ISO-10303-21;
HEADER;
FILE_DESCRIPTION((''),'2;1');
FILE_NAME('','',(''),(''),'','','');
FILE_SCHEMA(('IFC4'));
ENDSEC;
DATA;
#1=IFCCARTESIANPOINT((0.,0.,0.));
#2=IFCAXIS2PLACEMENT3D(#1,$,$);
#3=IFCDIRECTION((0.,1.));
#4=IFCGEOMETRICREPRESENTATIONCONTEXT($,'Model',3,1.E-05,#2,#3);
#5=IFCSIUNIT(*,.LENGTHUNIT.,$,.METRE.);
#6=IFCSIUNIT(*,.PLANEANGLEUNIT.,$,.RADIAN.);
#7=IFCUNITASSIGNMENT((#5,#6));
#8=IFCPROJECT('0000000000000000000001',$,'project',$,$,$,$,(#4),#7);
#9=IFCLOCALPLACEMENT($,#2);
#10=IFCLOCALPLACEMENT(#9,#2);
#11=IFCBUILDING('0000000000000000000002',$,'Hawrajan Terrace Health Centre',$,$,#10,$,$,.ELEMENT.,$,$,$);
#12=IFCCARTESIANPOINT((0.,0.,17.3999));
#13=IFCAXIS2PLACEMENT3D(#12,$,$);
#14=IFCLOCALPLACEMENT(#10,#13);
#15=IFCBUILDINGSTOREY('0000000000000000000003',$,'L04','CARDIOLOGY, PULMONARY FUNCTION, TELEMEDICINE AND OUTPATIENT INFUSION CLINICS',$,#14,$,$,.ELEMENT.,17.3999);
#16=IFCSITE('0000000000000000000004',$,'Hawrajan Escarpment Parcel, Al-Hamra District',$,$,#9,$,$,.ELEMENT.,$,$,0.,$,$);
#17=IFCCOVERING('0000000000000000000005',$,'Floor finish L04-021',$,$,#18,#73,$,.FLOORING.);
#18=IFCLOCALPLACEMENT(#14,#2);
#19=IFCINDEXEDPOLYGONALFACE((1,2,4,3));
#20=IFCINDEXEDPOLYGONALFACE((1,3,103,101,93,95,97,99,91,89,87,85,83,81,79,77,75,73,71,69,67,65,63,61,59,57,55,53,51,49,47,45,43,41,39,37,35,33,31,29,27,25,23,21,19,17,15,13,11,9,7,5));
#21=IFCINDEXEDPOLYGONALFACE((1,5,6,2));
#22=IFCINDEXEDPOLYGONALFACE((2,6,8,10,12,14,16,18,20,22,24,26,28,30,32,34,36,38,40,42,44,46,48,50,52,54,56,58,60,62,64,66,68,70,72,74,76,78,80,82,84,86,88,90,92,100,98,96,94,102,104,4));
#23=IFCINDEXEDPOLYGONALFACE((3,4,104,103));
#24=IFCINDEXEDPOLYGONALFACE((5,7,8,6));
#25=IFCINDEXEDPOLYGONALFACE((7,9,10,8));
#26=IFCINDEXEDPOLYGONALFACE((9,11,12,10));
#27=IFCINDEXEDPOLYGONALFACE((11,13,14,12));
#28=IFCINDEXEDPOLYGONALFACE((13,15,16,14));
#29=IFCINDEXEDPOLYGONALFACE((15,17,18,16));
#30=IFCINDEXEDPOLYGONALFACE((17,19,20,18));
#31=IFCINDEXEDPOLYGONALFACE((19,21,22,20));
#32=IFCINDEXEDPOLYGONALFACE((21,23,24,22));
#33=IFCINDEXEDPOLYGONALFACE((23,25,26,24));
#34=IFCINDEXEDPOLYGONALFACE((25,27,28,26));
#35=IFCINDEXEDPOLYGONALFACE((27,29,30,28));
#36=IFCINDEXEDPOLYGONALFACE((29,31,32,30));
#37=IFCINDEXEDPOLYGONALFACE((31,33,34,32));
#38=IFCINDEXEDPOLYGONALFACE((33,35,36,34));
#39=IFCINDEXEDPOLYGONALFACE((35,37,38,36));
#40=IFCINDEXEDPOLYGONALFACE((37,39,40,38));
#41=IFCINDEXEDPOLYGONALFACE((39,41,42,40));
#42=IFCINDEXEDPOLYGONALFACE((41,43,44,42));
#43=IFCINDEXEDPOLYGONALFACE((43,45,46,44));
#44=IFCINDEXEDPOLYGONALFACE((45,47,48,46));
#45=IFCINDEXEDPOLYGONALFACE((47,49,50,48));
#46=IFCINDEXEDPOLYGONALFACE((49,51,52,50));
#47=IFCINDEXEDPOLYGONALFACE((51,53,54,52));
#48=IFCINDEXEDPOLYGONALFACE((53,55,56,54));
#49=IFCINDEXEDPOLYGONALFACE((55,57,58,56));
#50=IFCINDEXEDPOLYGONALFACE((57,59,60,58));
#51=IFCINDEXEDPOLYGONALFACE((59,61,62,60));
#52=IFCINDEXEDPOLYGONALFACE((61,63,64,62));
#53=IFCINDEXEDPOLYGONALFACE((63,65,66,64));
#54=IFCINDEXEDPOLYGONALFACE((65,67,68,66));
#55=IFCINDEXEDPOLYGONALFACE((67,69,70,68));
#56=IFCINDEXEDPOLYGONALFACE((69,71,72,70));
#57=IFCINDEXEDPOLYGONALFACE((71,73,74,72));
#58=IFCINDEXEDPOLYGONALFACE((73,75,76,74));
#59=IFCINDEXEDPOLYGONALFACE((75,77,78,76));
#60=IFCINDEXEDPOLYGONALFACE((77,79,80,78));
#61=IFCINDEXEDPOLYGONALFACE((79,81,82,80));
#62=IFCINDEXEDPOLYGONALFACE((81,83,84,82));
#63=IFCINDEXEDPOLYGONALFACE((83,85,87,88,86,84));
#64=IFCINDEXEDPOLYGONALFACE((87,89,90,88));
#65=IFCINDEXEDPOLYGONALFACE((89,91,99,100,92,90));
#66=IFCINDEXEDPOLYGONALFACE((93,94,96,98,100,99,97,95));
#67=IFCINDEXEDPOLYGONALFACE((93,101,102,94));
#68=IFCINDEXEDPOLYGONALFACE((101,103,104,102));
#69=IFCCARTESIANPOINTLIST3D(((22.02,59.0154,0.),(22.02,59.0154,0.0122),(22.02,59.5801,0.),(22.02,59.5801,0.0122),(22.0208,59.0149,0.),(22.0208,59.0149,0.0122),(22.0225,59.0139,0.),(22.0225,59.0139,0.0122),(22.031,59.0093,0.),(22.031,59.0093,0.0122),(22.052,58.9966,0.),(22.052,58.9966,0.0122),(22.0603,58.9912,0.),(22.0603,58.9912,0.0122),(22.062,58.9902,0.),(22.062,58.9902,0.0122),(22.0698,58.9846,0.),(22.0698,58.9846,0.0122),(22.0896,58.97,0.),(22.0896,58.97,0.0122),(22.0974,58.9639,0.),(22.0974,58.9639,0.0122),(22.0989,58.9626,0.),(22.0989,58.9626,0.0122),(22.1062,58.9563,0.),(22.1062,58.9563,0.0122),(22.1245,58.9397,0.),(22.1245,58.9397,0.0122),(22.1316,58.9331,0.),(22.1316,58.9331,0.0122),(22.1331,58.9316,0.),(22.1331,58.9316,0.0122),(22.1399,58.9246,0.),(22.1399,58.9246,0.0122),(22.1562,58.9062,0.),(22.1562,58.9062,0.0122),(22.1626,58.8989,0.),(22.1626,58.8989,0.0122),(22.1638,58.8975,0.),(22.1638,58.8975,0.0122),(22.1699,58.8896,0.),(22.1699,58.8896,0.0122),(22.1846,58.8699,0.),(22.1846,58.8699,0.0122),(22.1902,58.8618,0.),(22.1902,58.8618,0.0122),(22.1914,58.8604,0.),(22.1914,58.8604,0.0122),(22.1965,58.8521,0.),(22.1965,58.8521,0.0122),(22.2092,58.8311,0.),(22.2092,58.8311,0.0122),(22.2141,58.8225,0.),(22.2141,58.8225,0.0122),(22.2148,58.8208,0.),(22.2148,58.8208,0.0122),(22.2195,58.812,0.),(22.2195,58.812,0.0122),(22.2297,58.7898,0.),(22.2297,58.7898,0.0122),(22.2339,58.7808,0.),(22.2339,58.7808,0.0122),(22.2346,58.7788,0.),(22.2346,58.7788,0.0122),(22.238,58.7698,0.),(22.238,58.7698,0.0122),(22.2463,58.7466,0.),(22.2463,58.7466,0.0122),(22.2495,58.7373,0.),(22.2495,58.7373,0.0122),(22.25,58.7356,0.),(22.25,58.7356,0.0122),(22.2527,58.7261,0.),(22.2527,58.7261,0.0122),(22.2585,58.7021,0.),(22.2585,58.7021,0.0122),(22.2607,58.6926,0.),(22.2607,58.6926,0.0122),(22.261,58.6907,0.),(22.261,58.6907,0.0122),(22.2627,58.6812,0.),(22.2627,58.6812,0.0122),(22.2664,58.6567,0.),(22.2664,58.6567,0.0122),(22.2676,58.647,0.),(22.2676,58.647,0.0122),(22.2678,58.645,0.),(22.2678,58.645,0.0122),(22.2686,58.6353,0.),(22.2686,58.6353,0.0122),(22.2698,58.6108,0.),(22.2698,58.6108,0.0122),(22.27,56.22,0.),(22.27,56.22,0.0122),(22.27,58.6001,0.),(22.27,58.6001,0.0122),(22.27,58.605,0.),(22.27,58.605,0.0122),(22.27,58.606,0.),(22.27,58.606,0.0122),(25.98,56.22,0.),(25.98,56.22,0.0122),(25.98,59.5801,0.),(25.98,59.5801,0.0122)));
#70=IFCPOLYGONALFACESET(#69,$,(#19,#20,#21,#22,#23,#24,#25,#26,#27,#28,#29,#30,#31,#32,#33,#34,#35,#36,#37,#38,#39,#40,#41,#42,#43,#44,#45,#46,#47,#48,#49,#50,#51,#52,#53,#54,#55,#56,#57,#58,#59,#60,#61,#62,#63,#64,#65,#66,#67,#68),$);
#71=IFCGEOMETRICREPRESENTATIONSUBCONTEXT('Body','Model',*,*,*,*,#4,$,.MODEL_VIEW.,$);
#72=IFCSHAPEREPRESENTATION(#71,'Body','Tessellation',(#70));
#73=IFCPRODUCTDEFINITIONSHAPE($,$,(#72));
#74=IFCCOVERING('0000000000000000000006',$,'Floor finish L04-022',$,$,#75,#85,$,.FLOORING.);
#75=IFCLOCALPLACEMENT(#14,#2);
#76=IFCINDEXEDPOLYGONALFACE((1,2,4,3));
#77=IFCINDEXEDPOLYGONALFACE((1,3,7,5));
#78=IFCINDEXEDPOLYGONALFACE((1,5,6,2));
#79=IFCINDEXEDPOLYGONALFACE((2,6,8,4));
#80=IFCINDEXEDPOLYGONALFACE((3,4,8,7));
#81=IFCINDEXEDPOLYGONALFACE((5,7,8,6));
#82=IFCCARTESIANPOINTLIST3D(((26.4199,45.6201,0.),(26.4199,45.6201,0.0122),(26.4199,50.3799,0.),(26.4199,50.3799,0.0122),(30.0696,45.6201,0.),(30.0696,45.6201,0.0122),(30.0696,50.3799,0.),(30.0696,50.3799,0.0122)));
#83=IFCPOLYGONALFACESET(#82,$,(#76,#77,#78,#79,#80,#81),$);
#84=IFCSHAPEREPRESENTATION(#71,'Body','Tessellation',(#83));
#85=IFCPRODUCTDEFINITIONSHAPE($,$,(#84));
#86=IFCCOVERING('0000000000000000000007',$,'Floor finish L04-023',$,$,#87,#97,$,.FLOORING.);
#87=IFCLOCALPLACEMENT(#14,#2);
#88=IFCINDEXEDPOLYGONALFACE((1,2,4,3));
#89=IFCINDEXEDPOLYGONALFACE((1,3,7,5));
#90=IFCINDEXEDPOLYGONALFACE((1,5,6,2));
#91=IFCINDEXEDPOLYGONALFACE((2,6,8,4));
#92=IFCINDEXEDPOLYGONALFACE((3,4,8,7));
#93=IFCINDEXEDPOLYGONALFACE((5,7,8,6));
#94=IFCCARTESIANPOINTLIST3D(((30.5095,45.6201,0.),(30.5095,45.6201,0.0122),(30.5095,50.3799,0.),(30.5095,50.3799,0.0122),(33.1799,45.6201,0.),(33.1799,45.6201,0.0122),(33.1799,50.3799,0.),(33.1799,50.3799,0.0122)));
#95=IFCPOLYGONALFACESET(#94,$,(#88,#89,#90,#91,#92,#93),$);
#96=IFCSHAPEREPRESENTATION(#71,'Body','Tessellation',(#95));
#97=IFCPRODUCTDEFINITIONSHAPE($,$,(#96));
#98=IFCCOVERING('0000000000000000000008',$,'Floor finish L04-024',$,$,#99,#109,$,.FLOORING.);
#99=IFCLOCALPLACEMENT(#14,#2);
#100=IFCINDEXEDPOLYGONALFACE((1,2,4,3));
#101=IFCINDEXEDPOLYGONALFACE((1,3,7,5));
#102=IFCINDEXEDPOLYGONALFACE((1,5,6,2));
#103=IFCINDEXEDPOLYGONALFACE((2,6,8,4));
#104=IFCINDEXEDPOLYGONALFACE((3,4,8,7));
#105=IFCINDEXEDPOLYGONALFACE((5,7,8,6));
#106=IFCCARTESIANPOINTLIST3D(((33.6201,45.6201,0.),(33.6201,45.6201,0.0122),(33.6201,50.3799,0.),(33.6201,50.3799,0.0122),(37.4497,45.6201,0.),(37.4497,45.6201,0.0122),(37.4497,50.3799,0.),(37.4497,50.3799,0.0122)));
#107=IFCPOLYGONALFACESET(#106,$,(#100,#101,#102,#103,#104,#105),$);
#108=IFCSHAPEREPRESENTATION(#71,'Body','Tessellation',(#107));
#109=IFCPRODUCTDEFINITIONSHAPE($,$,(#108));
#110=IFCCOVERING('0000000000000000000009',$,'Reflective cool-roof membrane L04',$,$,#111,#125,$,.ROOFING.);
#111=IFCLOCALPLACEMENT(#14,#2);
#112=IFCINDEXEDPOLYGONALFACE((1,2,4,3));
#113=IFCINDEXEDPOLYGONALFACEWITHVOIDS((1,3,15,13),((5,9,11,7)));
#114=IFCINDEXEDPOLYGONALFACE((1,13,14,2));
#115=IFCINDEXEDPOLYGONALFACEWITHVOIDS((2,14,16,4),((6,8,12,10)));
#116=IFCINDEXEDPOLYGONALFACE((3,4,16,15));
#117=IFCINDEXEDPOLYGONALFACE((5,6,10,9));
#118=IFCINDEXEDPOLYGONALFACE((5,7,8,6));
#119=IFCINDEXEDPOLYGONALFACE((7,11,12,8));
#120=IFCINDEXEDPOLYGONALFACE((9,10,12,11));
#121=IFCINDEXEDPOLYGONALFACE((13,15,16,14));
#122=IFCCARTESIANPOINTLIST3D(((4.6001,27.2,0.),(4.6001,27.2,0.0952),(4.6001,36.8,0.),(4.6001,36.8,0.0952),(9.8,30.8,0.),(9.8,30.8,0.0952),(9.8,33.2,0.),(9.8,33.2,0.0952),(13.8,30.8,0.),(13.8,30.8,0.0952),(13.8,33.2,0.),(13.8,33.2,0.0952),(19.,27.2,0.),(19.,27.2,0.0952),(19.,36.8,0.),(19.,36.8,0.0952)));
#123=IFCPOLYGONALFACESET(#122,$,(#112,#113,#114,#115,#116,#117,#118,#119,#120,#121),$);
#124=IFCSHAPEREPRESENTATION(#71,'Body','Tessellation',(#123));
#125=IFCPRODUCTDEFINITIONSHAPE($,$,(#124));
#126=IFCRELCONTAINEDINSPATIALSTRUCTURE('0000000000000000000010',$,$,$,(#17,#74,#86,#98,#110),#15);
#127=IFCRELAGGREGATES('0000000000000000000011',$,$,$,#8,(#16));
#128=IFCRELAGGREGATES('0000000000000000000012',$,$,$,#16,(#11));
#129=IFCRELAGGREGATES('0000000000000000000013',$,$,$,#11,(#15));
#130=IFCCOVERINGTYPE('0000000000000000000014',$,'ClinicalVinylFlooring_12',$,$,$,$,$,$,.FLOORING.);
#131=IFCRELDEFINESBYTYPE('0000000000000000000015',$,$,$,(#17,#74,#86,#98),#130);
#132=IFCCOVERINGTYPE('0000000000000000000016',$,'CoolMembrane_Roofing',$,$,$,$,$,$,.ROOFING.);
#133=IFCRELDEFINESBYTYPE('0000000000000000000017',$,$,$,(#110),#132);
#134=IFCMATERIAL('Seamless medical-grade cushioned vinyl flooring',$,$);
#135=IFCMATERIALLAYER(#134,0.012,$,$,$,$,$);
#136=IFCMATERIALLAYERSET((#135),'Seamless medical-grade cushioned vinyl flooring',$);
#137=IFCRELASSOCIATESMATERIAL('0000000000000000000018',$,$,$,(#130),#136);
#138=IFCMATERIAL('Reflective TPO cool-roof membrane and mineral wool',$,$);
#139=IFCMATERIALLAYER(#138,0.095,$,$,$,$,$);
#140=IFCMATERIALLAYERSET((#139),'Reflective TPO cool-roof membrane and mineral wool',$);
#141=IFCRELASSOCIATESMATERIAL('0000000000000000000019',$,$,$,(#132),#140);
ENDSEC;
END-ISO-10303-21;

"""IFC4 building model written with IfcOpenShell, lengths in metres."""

from ifc_helpers import new_model, si_unit, direction, frame, origin, place, context, subcontext, project, spatial, polyline, outline, extrude, material, layer, layer_set, type_object, element, save


model = new_model("IFC4")

# Units and contexts
model_context = context("Model", 3, precision=1e-05, world=origin(), true_north=direction((0.0, 1.0)))
body_context = subcontext(model_context, "Body", "Model", "MODEL_VIEW")
ifc_project = project(units=[si_unit("LENGTHUNIT", "METRE"), si_unit("PLANEANGLEUNIT", "RADIAN")], contexts=[model_context])

# Site, building, storey
site_placement = place(None, origin())
site = spatial("IfcSite", under=ifc_project, at=site_placement, Name="Hawrajan Escarpment Parcel, Al-Hamra District", CompositionType="ELEMENT", RefElevation=0.0)
building_placement = place(site_placement, origin())
building = spatial("IfcBuilding", under=site, at=building_placement, Name="Hawrajan Terrace Health Centre", CompositionType="ELEMENT")
storey_placement = place(building_placement, frame((0.0, 0.0, 17.3999)))
storey = spatial("IfcBuildingStorey", under=building, at=storey_placement, Name="L04", Description="CARDIOLOGY, PULMONARY FUNCTION, TELEMEDICINE AND OUTPATIENT INFUSION CLINICS", CompositionType="ELEMENT", Elevation=17.3999)

# Coverings
ifc_material_1 = material(Name="Seamless medical-grade cushioned vinyl flooring")
ifc_layer_1 = layer(ifc_material_1, 0.012)
ifc_layer_set_1 = layer_set([ifc_layer_1], Name="Seamless medical-grade cushioned vinyl flooring")
covering_type_1 = type_object("IfcCoveringType", Name="ClinicalVinylFlooring_12", PredefinedType="FLOORING", material=ifc_layer_set_1)
covering_1_placement = place(storey_placement, origin())
element("IfcCovering", 1, at=covering_1_placement, inside=storey, type_object=covering_type_1, Name="Floor finish L04-021", PredefinedType="FLOORING", context=body_context, shape_type="SweptSolid", body=[
    extrude(outline(polyline([(22.02, 59.0154), (22.02, 59.5801), (25.98, 59.5801), (25.98, 56.22), (22.27, 56.22), (22.27, 58.6001), (22.27, 58.605), (22.27, 58.606), (22.2698, 58.6108), (22.2686, 58.6353), (22.2678, 58.645), (22.2676, 58.647), (22.2664, 58.6567), (22.2627, 58.6812), (22.261, 58.6907), (22.2607, 58.6926), (22.2585, 58.7021), (22.2527, 58.7261), (22.25, 58.7356), (22.2495, 58.7373), (22.2463, 58.7466), (22.238, 58.7698), (22.2346, 58.7788), (22.2339, 58.7808), (22.2297, 58.7898), (22.2195, 58.812), (22.2148, 58.8208), (22.2141, 58.8225), (22.2092, 58.8311), (22.1965, 58.8521), (22.1914, 58.8604), (22.1902, 58.8618), (22.1846, 58.8699), (22.1699, 58.8896), (22.1638, 58.8975), (22.1626, 58.8989), (22.1562, 58.9062), (22.1399, 58.9246), (22.1331, 58.9316), (22.1316, 58.9331), (22.1245, 58.9397), (22.1062, 58.9563), (22.0989, 58.9626), (22.0974, 58.9639), (22.0896, 58.97), (22.0698, 58.9846), (22.062, 58.9902), (22.0603, 58.9912), (22.052, 58.9966), (22.031, 59.0093), (22.0225, 59.0139), (22.0208, 59.0149), (22.02, 59.0154)])), origin(), (0.0, 0.0, 1.0), 0.0122),
])
covering_2_placement = place(storey_placement, origin())
element("IfcCovering", 2, at=covering_2_placement, inside=storey, type_object=covering_type_1, Name="Floor finish L04-022", PredefinedType="FLOORING", context=body_context, shape_type="SweptSolid", body=[
    extrude(outline(polyline([(26.4199, 50.3799), (30.0696, 50.3799), (30.0696, 45.6201), (26.4199, 45.6201), (26.4199, 50.3799)])), origin(), (0.0, 0.0, 1.0), 0.0122),
])
covering_3_placement = place(storey_placement, origin())
element("IfcCovering", 3, at=covering_3_placement, inside=storey, type_object=covering_type_1, Name="Floor finish L04-023", PredefinedType="FLOORING", context=body_context, shape_type="SweptSolid", body=[
    extrude(outline(polyline([(30.5095, 50.3799), (33.1799, 50.3799), (33.1799, 45.6201), (30.5095, 45.6201), (30.5095, 50.3799)])), origin(), (0.0, 0.0, 1.0), 0.0122),
])
covering_4_placement = place(storey_placement, origin())
element("IfcCovering", 4, at=covering_4_placement, inside=storey, type_object=covering_type_1, Name="Floor finish L04-024", PredefinedType="FLOORING", context=body_context, shape_type="SweptSolid", body=[
    extrude(outline(polyline([(33.6201, 50.3799), (37.4497, 50.3799), (37.4497, 45.6201), (33.6201, 45.6201), (33.6201, 50.3799)])), origin(), (0.0, 0.0, 1.0), 0.0122),
])
ifc_material_2 = material(Name="Reflective TPO cool-roof membrane and mineral wool")
ifc_layer_2 = layer(ifc_material_2, 0.095)
ifc_layer_set_2 = layer_set([ifc_layer_2], Name="Reflective TPO cool-roof membrane and mineral wool")
covering_type_2 = type_object("IfcCoveringType", Name="CoolMembrane_Roofing", PredefinedType="ROOFING", material=ifc_layer_set_2)
covering_5_placement = place(storey_placement, origin())
element("IfcCovering", 5, at=covering_5_placement, inside=storey, type_object=covering_type_2, Name="Reflective cool-roof membrane L04", PredefinedType="ROOFING", context=body_context, shape_type="SweptSolid", body=[
    extrude(outline(polyline([(4.6001, 27.2), (19.0, 27.2), (19.0, 36.8), (4.6001, 36.8), (4.6001, 27.2)]), holes=[polyline([(9.8, 30.8), (13.8, 30.8), (13.8, 33.2), (9.8, 33.2), (9.8, 30.8)])]), origin(), (0.0, 0.0, 1.0), 0.0952),
])

save(model, "model.ifc")
